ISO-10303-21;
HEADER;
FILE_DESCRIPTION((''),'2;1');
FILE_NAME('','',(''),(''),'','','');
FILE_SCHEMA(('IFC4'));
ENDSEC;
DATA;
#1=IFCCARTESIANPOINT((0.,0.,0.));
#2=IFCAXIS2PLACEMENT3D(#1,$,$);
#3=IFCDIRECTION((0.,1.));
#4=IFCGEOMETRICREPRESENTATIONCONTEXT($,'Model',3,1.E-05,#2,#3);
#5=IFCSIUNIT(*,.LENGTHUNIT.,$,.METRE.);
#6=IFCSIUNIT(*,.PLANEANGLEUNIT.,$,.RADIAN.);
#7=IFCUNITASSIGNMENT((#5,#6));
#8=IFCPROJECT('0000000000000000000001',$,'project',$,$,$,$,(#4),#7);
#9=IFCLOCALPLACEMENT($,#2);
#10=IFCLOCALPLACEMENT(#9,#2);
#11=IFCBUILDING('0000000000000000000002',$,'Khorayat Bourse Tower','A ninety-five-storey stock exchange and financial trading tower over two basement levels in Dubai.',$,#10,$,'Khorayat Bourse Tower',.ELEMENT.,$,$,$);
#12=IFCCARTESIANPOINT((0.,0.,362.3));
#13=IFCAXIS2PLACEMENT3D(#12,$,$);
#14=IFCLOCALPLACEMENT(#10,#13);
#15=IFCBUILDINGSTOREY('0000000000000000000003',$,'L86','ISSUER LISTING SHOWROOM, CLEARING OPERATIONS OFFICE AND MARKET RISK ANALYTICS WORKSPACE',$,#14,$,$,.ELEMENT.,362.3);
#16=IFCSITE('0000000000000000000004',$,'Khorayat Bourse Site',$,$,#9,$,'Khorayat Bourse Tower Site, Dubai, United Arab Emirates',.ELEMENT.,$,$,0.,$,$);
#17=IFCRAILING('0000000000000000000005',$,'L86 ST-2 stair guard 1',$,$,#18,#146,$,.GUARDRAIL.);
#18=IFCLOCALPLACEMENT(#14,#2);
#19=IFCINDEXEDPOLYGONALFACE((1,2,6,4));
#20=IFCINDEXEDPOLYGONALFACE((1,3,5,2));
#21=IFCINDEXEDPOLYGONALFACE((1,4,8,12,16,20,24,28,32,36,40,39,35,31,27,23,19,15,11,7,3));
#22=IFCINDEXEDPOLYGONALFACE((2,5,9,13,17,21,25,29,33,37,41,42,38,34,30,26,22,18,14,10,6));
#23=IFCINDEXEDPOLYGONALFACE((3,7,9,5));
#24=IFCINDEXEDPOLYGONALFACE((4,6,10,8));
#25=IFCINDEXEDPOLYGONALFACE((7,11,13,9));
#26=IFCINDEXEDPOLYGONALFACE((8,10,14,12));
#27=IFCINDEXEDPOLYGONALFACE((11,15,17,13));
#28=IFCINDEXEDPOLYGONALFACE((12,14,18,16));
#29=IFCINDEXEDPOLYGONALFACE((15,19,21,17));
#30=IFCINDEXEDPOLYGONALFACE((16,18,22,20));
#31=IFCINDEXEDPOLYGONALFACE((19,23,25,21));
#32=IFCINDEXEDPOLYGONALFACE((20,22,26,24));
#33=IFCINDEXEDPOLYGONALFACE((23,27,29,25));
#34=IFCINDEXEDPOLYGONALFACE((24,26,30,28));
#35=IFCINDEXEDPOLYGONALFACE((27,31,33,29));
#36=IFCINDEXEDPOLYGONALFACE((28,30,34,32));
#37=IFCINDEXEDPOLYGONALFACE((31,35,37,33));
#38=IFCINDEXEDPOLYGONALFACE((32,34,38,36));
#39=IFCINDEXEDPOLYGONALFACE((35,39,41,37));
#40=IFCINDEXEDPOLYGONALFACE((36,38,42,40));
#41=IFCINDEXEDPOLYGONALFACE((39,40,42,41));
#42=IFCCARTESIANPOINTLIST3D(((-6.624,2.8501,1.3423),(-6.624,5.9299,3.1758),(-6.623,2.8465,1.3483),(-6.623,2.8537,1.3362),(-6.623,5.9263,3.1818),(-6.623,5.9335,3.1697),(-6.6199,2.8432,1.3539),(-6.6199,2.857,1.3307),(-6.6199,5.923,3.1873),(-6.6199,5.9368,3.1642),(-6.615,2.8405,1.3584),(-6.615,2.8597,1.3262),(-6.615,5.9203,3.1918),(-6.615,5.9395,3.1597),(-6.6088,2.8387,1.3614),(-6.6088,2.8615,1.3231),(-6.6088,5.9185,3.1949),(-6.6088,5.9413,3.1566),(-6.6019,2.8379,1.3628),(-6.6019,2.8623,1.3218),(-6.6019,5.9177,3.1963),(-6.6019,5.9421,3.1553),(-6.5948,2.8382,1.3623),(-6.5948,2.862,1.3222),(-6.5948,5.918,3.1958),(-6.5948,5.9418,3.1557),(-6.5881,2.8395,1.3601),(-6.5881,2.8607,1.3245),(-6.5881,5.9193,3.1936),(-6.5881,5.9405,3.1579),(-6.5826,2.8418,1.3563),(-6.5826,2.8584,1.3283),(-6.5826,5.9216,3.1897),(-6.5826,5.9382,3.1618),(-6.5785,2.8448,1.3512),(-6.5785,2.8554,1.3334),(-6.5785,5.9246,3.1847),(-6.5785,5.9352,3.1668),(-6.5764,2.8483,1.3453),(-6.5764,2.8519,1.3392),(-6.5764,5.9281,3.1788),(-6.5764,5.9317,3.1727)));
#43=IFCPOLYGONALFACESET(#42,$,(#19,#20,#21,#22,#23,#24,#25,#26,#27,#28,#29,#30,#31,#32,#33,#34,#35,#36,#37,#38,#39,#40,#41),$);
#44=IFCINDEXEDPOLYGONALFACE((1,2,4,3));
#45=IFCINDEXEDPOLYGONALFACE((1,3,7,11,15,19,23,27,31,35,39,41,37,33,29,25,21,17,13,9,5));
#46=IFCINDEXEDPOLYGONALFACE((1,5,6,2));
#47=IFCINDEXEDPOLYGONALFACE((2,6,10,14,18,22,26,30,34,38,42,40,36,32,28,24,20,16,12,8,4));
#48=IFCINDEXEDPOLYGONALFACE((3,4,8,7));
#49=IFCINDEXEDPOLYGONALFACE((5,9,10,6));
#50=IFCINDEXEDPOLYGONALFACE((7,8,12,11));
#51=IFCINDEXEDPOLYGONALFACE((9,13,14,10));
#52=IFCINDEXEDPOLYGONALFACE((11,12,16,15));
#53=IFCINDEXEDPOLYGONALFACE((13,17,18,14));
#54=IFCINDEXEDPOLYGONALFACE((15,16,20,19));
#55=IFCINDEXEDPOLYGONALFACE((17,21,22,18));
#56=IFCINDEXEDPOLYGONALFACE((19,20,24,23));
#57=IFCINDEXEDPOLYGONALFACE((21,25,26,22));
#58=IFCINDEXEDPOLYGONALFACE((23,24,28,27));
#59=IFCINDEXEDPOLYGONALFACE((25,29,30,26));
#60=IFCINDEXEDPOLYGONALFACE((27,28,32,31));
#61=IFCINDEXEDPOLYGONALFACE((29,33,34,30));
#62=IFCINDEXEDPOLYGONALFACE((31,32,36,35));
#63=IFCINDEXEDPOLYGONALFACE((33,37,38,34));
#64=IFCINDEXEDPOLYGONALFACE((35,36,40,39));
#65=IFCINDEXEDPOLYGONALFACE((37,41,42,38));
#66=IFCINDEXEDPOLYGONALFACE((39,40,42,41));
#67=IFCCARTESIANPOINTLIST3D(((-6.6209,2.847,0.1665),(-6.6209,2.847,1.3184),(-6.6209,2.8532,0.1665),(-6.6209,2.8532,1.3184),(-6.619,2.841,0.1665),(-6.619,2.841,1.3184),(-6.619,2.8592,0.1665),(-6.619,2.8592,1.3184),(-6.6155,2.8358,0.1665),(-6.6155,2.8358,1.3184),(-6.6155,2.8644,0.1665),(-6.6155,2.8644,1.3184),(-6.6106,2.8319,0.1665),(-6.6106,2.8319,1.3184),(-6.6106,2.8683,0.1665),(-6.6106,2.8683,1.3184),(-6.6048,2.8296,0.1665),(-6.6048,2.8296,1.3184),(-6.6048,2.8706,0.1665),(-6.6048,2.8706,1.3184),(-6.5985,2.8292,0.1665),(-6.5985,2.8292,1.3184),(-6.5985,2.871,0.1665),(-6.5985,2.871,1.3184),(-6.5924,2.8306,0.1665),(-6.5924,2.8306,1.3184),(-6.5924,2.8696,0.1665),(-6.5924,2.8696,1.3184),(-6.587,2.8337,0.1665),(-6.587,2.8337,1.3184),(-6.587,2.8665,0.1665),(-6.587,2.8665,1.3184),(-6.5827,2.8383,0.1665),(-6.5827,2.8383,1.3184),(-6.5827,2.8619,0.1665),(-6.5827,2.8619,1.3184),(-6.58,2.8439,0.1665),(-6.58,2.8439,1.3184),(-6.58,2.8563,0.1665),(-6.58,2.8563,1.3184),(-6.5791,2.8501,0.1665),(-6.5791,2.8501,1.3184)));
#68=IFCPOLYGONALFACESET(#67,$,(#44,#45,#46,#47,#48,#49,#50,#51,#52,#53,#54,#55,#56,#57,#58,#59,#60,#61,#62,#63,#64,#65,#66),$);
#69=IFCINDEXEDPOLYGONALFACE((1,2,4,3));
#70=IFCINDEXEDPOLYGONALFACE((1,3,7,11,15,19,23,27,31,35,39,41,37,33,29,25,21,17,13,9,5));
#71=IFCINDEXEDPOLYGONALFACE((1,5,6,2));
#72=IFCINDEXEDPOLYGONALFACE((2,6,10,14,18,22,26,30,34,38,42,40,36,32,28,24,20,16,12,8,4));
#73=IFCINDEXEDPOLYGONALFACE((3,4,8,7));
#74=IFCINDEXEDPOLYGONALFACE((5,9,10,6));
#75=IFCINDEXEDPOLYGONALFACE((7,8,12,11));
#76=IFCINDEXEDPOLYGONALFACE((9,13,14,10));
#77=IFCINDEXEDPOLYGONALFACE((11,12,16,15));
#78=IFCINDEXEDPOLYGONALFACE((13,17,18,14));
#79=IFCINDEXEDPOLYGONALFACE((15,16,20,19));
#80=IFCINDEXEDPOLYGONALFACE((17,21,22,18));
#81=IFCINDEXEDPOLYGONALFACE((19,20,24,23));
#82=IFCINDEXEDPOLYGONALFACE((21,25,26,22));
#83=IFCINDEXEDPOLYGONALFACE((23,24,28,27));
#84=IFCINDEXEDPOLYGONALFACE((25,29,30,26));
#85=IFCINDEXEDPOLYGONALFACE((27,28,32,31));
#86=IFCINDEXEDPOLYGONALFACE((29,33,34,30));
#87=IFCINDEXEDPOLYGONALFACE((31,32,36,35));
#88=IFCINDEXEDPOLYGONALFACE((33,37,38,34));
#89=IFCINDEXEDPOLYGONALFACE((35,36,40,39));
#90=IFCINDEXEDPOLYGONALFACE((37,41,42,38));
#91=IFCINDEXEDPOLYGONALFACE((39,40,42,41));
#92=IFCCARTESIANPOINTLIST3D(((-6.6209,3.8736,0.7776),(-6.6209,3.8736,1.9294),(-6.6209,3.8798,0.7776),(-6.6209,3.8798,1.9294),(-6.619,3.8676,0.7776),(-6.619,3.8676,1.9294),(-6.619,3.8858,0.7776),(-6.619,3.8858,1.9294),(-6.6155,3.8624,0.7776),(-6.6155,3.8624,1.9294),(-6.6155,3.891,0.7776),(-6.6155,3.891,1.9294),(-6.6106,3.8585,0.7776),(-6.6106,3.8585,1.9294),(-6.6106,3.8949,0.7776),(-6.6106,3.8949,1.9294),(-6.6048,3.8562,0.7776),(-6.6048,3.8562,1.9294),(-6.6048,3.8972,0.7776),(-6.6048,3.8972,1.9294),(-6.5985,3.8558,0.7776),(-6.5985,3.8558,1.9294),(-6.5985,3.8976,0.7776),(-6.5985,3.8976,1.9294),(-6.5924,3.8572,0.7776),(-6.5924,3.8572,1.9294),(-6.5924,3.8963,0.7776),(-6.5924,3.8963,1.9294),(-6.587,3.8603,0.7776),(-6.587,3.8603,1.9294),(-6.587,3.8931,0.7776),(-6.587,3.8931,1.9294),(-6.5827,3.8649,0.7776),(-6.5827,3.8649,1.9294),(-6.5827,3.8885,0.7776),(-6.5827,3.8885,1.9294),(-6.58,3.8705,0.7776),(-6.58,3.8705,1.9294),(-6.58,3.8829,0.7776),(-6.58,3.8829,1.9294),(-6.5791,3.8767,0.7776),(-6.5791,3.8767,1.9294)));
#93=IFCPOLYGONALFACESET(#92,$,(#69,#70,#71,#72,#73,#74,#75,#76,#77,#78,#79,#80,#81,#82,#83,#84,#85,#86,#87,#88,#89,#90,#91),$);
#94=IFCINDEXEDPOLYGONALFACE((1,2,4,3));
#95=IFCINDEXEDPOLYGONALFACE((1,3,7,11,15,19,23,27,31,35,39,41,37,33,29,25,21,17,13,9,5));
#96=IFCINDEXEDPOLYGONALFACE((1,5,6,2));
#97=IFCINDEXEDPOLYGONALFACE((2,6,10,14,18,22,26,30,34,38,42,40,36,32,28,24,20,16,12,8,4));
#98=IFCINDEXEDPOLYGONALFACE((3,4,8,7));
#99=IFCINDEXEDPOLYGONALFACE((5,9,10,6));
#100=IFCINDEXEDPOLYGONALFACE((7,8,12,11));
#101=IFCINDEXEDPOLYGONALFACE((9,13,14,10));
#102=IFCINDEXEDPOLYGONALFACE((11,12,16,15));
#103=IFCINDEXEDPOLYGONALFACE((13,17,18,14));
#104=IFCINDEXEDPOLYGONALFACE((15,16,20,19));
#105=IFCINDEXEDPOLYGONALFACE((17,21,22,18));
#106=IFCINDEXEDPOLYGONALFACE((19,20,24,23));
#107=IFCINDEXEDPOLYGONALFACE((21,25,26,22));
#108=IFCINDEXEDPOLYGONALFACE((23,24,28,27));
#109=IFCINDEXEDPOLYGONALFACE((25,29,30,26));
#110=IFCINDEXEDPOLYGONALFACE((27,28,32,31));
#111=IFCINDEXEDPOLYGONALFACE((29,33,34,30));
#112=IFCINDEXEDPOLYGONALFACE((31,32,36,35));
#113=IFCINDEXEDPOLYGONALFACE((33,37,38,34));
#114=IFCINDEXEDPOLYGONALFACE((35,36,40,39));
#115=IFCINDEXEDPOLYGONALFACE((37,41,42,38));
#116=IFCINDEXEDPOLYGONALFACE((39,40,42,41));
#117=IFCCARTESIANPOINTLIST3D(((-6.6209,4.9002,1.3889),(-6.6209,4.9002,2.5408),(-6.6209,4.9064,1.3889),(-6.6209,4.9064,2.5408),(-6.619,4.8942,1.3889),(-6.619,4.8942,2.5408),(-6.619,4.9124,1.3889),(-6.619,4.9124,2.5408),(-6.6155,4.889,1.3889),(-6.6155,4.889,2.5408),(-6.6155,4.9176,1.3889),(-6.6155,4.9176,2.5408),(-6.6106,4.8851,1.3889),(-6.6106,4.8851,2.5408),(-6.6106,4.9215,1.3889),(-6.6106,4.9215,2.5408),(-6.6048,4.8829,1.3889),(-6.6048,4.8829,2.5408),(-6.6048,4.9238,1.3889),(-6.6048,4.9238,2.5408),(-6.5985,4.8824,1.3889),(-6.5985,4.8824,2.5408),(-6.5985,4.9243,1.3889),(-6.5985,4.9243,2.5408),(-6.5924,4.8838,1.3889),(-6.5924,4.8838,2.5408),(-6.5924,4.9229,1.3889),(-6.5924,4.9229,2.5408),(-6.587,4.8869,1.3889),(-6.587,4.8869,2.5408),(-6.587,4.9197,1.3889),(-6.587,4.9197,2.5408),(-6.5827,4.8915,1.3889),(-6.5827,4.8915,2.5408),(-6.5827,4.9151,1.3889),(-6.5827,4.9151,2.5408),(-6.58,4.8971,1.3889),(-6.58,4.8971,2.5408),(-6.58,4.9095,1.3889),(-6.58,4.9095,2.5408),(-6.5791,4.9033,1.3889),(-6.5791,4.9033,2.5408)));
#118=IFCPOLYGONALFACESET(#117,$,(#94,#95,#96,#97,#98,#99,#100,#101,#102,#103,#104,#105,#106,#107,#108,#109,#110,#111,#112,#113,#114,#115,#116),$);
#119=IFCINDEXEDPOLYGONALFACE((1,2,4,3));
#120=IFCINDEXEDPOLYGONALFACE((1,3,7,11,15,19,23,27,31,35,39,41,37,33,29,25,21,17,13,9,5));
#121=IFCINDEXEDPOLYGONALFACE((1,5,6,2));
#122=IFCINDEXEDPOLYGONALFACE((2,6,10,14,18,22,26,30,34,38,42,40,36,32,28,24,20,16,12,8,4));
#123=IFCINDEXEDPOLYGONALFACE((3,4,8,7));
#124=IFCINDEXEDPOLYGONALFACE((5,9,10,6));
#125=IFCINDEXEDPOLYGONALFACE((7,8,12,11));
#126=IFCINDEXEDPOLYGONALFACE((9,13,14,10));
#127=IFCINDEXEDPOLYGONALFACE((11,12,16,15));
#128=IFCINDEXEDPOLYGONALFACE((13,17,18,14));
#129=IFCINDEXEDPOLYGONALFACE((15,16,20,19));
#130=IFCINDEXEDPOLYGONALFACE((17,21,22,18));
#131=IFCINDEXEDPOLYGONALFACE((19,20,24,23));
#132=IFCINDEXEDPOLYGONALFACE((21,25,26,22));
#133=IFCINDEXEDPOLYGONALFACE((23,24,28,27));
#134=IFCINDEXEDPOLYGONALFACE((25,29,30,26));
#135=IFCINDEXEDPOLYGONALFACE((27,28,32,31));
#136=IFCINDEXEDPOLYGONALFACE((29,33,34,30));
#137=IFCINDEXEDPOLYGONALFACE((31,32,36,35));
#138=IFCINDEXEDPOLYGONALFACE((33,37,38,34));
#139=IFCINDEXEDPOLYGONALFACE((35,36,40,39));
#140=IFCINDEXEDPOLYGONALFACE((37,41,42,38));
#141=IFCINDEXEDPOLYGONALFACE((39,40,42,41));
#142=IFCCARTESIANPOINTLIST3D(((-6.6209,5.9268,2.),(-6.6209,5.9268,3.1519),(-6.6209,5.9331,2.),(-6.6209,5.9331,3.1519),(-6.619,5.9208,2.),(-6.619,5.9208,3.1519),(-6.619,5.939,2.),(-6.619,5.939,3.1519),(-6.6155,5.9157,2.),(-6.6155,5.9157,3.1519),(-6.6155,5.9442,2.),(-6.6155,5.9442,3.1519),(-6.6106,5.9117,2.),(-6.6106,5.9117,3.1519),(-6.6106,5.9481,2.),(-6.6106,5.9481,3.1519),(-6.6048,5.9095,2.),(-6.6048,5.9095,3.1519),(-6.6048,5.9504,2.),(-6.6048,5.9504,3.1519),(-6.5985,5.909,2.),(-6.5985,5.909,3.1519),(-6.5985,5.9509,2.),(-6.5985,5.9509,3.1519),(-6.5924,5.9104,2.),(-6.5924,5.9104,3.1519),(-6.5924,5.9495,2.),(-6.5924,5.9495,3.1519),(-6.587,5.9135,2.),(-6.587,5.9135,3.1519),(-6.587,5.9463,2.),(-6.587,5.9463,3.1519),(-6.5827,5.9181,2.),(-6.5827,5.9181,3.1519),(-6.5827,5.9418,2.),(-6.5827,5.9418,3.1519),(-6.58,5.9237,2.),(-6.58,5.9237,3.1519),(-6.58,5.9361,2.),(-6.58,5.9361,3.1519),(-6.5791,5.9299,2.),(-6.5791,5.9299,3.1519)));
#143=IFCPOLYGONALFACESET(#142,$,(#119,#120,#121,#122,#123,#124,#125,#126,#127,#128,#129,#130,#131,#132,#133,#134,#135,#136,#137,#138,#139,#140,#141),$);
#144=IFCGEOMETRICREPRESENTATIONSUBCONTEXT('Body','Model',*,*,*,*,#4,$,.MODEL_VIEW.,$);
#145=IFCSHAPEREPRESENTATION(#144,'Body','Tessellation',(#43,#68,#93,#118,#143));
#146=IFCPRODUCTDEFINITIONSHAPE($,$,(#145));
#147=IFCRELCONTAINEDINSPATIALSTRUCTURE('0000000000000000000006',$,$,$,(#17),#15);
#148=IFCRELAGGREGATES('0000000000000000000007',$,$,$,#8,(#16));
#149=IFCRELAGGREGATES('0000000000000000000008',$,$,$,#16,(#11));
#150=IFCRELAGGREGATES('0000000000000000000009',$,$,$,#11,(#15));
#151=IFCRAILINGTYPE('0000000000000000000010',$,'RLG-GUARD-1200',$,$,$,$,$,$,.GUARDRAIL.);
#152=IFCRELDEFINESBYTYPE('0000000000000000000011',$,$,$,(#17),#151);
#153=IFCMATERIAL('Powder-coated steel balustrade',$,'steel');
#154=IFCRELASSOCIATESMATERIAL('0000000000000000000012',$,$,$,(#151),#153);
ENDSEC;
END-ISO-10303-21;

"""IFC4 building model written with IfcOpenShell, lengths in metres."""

from ifc_helpers import new_model, si_unit, direction, frame, origin, origin_2d, place, context, subcontext, project, spatial, circle, extrude, source, transform, mapped, material, type_object, element, save


model = new_model("IFC4")

# Units and contexts
model_context = context("Model", 3, precision=1e-05, world=origin(), true_north=direction((0.0, 1.0)))
body_context = subcontext(model_context, "Body", "Model", "MODEL_VIEW")
ifc_project = project(units=[si_unit("LENGTHUNIT", "METRE"), si_unit("PLANEANGLEUNIT", "RADIAN")], contexts=[model_context])

# Site, building, storey
site_placement = place(None, origin())
site = spatial("IfcSite", under=ifc_project, at=site_placement, Name="Khorayat Bourse Site", LongName="Khorayat Bourse Tower Site, Dubai, United Arab Emirates", CompositionType="ELEMENT", RefElevation=0.0)
building_placement = place(site_placement, origin())
building = spatial("IfcBuilding", under=site, at=building_placement, Name="Khorayat Bourse Tower", Description="A ninety-five-storey stock exchange and financial trading tower over two basement levels in Dubai.", LongName="Khorayat Bourse Tower", CompositionType="ELEMENT")
storey_placement = place(building_placement, frame((0.0, 0.0, 362.3)))
storey = spatial("IfcBuildingStorey", under=building, at=storey_placement, Name="L86", Description="ISSUER LISTING SHOWROOM, CLEARING OPERATIONS OFFICE AND MARKET RISK ANALYTICS WORKSPACE", CompositionType="ELEMENT", Elevation=362.3)

# Railing
ifc_material_1 = material(Name="Powder-coated steel balustrade", Category="steel")
railing_type_1 = type_object("IfcRailingType", Name="RLG-GUARD-1200", PredefinedType="GUARDRAIL", material=ifc_material_1)
shared_shape_1 = source(origin(), body_context, "Body", "SweptSolid", [
    extrude(circle(Radius=0.0239, at=origin_2d()), frame((0.0, 0.0, 1.1758), z_axis=(0.0, 0.859261, 0.511538), x_axis=(-1.0, 0.0, 0.0)), (0.0, 0.0, 1.0), 3.5842),
    extrude(circle(Radius=0.021, at=origin_2d()), origin(), (0.0, 0.0, 1.0), 1.1519),
    extrude(circle(Radius=0.021, at=origin_2d()), frame((0.0, 1.0266, 0.6111)), (0.0, 0.0, 1.0), 1.1519),
    extrude(circle(Radius=0.021, at=origin_2d()), frame((0.0, 2.0532, 1.2224)), (0.0, 0.0, 1.0), 1.1519),
    extrude(circle(Radius=0.021, at=origin_2d()), frame((0.0, 3.0798, 1.8335)), (0.0, 0.0, 1.0), 1.1519),
])
railing_1_placement = place(storey_placement, frame((-6.6001, 2.8501, 0.1665)))
element("IfcRailing", 1, at=railing_1_placement, inside=storey, type_object=railing_type_1, Name="L86 ST-2 stair guard 1", PredefinedType="GUARDRAIL", context=body_context, shape_type="MappedRepresentation", body=[
    mapped(shared_shape_1, transform((0.0, 0.0, 0.0), scale=1.0)),
])

save(model, "model.ifc")
